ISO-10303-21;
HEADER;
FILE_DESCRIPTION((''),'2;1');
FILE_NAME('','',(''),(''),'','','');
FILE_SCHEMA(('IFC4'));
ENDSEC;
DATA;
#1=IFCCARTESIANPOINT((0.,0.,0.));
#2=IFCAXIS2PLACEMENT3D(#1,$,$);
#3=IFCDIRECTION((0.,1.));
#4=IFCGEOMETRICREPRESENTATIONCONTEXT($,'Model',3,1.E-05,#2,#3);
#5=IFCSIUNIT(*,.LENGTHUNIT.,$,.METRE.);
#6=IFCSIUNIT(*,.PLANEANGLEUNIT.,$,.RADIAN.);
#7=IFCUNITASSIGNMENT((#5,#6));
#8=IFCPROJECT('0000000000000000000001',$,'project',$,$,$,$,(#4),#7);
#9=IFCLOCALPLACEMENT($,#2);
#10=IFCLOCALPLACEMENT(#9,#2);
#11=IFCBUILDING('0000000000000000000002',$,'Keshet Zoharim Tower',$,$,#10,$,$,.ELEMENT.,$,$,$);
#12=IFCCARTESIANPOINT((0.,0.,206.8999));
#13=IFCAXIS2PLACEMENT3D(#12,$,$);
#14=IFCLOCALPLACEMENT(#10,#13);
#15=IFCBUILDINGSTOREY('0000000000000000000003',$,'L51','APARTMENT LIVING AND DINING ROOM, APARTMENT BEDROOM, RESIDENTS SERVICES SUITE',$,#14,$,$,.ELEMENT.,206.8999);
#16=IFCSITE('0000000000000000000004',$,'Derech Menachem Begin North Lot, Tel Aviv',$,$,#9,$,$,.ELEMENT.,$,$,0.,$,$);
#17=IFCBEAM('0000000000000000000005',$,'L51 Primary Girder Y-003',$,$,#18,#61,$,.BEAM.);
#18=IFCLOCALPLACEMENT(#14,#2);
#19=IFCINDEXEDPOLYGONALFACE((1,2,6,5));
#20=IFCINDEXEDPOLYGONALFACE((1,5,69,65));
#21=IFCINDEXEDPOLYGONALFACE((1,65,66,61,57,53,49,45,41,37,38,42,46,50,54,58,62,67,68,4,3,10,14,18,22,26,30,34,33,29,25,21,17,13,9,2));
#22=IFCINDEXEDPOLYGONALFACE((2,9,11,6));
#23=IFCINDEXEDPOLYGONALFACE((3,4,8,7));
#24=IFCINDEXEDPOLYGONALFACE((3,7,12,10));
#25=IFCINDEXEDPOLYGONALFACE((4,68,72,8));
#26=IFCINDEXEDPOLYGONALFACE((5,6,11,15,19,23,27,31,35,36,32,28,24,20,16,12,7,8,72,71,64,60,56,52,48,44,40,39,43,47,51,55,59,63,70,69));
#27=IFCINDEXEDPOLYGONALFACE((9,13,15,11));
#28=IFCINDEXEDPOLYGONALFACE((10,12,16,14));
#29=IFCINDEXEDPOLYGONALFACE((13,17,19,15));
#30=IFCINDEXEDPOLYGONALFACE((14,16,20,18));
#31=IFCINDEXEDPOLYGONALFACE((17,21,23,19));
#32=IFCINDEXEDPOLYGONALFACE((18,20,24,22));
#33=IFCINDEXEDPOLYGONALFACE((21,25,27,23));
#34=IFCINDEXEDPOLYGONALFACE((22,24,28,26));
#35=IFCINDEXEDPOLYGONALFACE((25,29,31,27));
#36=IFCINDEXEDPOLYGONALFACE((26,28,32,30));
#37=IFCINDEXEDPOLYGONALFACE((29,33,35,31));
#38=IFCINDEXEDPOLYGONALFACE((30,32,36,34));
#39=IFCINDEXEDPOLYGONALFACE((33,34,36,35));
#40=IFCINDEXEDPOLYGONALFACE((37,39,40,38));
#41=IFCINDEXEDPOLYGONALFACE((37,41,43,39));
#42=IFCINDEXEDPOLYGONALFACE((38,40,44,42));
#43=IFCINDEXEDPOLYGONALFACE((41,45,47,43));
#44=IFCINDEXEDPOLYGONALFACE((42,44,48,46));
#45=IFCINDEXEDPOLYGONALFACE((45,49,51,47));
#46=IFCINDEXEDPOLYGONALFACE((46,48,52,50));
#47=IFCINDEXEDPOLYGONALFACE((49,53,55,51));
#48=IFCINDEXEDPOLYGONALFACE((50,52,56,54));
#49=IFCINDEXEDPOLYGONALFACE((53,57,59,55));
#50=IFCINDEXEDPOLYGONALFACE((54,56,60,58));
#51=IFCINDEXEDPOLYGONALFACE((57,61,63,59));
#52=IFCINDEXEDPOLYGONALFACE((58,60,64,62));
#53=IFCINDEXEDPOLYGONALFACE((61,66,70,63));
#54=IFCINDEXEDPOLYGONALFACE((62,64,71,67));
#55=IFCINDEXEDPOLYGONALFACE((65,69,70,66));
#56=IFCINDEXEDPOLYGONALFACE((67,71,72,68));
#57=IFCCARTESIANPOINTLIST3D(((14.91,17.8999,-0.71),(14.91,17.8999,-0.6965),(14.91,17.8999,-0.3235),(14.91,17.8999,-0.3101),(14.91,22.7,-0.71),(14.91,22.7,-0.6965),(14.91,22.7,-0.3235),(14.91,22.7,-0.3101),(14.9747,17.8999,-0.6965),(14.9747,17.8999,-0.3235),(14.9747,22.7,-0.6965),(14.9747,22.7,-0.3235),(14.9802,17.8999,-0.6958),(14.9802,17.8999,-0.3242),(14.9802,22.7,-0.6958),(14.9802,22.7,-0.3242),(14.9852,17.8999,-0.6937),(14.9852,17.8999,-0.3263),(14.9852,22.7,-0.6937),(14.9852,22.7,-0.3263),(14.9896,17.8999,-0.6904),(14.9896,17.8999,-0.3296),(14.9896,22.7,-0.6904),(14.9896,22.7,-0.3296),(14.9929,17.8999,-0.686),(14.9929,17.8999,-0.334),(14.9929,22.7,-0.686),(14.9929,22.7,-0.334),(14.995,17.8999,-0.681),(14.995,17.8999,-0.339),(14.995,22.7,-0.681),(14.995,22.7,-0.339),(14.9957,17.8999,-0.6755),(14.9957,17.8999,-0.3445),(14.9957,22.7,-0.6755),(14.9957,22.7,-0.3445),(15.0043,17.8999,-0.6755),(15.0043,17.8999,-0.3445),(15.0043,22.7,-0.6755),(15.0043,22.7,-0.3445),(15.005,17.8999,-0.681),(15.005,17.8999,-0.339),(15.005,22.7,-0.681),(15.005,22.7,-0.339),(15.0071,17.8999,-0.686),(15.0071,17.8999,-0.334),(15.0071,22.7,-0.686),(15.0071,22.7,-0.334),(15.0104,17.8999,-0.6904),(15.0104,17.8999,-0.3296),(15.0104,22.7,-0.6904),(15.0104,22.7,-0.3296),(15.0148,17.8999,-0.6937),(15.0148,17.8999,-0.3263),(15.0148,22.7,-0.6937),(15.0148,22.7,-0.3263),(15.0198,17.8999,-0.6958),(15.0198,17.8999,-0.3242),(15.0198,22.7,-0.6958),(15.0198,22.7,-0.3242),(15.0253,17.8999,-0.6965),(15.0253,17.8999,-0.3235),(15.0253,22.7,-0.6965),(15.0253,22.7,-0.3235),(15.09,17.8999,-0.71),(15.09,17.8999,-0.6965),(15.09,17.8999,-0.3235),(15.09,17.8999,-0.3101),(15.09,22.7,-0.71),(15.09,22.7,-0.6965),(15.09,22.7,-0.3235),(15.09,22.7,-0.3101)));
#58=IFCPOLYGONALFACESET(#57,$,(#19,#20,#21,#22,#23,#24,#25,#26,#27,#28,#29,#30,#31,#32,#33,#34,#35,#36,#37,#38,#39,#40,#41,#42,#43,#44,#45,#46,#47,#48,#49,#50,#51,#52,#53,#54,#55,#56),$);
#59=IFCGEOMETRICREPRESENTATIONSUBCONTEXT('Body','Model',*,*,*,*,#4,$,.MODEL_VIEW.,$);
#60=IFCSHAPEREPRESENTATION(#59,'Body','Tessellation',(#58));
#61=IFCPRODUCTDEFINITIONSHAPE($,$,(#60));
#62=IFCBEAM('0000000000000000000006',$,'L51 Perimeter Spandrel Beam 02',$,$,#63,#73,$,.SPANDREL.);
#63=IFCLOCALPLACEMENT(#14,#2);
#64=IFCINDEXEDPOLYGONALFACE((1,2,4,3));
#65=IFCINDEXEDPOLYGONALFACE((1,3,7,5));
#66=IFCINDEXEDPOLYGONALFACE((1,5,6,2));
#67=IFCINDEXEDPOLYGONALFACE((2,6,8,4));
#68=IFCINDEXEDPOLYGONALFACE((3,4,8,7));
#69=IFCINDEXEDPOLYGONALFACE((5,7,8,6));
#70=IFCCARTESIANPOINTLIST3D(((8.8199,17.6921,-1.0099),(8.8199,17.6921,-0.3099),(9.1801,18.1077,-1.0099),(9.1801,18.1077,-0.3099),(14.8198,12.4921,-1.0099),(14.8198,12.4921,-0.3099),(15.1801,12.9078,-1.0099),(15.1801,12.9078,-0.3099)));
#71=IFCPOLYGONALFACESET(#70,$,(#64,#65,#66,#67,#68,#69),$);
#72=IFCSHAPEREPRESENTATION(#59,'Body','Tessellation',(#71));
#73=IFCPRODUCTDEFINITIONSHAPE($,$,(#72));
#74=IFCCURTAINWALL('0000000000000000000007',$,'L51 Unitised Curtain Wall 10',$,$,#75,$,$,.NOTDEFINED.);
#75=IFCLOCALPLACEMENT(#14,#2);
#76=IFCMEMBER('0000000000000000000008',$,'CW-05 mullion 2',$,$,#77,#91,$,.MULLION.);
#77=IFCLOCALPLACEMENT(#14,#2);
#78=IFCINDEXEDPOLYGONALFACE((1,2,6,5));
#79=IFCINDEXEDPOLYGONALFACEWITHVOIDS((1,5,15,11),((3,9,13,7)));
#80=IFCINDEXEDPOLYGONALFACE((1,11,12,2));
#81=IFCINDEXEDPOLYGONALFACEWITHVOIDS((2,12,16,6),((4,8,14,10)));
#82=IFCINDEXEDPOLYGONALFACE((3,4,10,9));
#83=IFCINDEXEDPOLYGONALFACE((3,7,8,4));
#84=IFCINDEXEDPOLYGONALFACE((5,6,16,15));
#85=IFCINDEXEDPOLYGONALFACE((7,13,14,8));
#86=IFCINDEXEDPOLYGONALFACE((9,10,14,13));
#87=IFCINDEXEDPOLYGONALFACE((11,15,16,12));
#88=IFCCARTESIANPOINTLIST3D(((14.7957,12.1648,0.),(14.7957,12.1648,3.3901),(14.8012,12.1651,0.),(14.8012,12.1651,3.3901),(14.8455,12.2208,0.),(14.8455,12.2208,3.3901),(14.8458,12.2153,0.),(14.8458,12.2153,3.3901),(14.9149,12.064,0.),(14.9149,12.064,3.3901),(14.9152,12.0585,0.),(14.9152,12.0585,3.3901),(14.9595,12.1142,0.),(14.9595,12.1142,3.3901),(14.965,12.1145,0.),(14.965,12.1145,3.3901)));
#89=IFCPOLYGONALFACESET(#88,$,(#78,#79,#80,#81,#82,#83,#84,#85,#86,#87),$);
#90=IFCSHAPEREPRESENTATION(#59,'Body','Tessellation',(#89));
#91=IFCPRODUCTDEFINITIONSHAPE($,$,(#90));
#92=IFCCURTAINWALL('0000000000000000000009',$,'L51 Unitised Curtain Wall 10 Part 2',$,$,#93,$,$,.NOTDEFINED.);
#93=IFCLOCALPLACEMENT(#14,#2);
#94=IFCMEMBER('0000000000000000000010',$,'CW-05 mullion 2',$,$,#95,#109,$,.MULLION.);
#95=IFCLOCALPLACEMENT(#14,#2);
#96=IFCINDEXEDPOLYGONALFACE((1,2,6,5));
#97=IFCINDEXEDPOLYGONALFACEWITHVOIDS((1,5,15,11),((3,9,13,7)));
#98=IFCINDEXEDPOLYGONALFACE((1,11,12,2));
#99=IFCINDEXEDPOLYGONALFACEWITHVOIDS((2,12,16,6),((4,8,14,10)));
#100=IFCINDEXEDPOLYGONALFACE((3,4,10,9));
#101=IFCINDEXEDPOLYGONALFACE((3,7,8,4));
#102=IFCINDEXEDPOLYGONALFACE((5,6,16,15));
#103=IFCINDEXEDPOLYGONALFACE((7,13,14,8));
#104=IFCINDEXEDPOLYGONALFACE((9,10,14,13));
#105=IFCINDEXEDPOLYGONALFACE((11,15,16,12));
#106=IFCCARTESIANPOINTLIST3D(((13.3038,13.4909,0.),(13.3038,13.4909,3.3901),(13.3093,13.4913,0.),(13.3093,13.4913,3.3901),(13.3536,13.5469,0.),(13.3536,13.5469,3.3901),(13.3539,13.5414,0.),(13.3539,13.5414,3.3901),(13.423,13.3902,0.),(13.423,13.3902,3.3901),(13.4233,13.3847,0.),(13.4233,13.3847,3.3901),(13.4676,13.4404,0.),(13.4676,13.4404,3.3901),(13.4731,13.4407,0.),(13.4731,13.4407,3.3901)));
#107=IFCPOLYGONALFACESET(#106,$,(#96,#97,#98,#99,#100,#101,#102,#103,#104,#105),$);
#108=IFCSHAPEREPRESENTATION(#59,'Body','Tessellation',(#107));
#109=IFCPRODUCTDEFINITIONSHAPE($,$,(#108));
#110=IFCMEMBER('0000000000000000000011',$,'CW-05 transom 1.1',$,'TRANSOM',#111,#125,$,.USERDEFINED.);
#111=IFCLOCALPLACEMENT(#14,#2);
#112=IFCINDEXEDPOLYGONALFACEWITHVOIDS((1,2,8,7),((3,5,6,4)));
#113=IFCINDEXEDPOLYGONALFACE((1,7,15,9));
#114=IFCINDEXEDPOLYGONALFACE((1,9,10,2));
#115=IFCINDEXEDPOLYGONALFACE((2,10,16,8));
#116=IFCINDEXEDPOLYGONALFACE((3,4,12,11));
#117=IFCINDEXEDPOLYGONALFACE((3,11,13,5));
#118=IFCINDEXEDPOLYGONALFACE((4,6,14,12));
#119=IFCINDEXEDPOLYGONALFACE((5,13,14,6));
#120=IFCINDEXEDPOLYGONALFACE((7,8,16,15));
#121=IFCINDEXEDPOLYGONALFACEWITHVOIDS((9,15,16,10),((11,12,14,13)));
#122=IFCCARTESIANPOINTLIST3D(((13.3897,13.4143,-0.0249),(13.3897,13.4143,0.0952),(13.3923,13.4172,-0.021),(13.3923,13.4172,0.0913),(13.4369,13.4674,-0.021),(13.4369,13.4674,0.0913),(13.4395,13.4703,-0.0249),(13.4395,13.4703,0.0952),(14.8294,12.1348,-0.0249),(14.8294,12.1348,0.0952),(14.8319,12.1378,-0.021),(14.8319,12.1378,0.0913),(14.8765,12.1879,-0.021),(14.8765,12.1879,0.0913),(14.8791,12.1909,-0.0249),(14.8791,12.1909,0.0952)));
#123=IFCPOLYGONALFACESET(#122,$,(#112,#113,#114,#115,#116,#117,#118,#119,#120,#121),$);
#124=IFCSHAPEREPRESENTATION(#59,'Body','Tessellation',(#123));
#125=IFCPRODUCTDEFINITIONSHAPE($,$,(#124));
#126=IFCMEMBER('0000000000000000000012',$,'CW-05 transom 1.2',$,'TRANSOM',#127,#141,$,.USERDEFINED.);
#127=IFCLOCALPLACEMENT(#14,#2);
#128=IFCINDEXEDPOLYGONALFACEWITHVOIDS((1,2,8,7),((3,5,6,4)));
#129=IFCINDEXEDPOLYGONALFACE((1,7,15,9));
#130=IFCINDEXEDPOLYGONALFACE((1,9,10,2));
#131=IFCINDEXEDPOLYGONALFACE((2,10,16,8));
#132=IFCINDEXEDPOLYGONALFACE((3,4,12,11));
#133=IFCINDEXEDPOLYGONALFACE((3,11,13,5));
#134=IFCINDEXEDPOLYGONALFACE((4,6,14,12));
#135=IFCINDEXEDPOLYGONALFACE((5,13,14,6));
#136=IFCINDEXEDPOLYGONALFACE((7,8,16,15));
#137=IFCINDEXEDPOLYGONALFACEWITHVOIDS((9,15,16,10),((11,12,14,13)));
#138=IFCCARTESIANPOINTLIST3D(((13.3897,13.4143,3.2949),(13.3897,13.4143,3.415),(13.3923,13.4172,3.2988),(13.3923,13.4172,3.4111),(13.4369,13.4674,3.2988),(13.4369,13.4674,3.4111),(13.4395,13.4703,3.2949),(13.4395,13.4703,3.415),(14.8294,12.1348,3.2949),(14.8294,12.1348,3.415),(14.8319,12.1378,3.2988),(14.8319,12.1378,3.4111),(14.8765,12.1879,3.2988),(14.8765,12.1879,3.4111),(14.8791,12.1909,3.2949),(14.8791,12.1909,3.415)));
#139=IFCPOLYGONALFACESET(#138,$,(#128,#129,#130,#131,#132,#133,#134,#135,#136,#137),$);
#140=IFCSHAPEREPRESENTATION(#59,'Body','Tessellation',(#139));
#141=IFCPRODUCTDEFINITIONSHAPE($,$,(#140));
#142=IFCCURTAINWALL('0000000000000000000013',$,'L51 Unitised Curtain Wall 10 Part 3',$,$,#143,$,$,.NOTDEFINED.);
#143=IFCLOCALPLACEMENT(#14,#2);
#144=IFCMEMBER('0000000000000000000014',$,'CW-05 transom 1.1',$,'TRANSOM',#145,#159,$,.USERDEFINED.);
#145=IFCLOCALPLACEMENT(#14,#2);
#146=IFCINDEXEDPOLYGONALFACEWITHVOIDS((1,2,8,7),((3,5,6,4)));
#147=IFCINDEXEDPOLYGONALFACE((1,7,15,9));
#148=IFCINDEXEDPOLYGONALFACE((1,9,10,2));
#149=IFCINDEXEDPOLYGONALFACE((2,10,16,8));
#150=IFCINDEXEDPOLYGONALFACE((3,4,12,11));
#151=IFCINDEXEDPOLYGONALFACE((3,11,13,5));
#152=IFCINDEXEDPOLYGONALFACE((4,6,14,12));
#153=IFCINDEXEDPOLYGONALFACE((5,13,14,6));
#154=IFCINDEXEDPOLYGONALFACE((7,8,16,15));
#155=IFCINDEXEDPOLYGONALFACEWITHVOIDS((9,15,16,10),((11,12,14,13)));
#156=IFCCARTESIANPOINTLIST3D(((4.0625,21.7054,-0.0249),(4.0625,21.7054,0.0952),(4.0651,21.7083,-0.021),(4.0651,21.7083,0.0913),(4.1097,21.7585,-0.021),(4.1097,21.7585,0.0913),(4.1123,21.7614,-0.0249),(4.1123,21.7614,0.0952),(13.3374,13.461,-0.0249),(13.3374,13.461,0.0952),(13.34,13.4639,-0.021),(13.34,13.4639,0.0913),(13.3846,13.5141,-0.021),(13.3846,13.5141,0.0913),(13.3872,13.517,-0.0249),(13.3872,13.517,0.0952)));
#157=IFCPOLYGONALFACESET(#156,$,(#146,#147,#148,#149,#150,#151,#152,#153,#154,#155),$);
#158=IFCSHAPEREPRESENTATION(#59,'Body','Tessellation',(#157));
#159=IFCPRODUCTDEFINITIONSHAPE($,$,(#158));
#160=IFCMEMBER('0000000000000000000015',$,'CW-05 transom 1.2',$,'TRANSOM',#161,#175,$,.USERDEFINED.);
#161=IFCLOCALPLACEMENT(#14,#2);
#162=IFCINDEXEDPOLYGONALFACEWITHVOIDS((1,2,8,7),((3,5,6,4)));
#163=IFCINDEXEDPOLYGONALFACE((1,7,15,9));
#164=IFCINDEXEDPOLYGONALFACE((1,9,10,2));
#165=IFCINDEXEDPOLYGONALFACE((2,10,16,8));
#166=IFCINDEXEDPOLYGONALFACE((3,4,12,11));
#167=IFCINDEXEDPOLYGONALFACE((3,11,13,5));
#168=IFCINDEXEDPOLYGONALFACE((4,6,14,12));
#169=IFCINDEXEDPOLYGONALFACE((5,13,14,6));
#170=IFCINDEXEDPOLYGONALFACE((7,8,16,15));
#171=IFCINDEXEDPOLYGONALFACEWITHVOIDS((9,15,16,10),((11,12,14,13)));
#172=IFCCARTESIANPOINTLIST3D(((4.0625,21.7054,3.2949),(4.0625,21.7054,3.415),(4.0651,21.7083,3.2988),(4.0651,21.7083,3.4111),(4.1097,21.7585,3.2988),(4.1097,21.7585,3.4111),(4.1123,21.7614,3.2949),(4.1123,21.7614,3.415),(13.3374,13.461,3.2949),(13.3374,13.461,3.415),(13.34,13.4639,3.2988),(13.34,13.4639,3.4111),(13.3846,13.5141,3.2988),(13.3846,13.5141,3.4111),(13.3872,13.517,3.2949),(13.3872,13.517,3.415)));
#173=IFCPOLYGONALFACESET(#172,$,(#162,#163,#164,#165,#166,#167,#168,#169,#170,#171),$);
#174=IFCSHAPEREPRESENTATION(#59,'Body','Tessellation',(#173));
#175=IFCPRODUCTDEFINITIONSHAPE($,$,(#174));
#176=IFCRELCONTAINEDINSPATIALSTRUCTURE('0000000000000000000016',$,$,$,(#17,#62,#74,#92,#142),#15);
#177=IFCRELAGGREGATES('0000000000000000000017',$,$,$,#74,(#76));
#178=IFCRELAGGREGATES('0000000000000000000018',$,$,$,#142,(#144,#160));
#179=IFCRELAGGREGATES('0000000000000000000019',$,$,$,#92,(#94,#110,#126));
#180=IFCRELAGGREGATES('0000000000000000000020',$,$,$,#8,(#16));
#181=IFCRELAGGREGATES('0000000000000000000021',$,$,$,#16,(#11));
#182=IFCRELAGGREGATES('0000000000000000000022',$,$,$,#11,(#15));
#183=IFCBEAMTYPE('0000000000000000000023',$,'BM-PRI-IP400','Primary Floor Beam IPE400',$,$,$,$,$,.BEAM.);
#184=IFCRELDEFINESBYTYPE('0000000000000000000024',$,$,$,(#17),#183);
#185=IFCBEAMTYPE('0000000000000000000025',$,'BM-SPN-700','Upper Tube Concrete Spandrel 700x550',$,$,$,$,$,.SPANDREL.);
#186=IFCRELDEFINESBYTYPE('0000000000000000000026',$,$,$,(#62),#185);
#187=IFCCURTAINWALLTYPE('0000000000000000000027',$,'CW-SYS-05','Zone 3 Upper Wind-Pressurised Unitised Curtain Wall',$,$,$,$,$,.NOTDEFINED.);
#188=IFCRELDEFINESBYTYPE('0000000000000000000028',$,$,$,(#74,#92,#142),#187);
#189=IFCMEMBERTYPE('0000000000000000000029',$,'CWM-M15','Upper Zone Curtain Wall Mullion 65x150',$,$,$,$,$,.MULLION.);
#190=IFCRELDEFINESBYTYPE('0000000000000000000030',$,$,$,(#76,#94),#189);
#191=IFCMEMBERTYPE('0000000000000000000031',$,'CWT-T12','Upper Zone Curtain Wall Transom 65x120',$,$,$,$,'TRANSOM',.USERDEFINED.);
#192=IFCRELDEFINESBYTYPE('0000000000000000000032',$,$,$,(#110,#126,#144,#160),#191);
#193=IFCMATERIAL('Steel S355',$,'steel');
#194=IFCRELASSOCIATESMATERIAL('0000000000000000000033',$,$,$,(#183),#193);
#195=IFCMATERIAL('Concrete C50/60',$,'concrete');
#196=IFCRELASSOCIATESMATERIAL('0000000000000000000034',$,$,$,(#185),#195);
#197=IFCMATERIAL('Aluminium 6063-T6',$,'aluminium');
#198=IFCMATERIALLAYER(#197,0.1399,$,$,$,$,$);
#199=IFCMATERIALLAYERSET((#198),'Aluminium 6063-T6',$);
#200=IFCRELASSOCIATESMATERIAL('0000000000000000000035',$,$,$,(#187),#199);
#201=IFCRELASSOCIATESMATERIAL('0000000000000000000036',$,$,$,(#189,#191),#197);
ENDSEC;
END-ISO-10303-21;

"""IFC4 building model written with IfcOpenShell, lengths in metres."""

from ifc_helpers import new_model, si_unit, direction, frame, origin, origin_2d, place, context, subcontext, project, spatial, rectangle, hollow_rectangle, i_section, extrude, material, layer, layer_set, material_profile, profile_set, type_object, element, aggregate, save


model = new_model("IFC4")

# Units and contexts
model_context = context("Model", 3, precision=1e-05, world=origin(), true_north=direction((0.0, 1.0)))
body_context = subcontext(model_context, "Body", "Model", "MODEL_VIEW")
ifc_project = project(units=[si_unit("LENGTHUNIT", "METRE"), si_unit("PLANEANGLEUNIT", "RADIAN")], contexts=[model_context])

# Site, building, storey
site_placement = place(None, origin())
site = spatial("IfcSite", under=ifc_project, at=site_placement, Name="Derech Menachem Begin North Lot, Tel Aviv", CompositionType="ELEMENT", RefElevation=0.0)
building_placement = place(site_placement, origin())
building = spatial("IfcBuilding", under=site, at=building_placement, Name="Keshet Zoharim Tower", CompositionType="ELEMENT")
storey_placement = place(building_placement, frame((0.0, 0.0, 206.8999)))
storey = spatial("IfcBuildingStorey", under=building, at=storey_placement, Name="L51", Description="APARTMENT LIVING AND DINING ROOM, APARTMENT BEDROOM, RESIDENTS SERVICES SUITE", CompositionType="ELEMENT", Elevation=206.8999)

# Shared definitions
ifc_material_1 = material(Name="Steel S355", Category="steel")
ifc_material_2 = material(Name="Concrete C50/60", Category="concrete")

# Beams
ifc_material_profile_1 = material_profile(ifc_material_1, i_section(OverallWidth=0.1799, OverallDepth=0.3999, WebThickness=0.0085, FlangeThickness=0.0134, FilletRadius=0.021, at=origin_2d()), Name="IPE400")
ifc_profile_set_1 = profile_set([ifc_material_profile_1], Name="Steel S355")
beam_type_1 = type_object("IfcBeamType", Name="BM-PRI-IP400", Description="Primary Floor Beam IPE400", PredefinedType="BEAM", material=ifc_profile_set_1)
beam_1_placement = place(storey_placement, frame((15.0, 17.8999, -0.51), z_axis=(0.0, 1.0, 0.0), x_axis=(-1.0, 0.0, 0.0)))
element("IfcBeam", 1, at=beam_1_placement, inside=storey, type_object=beam_type_1, Name="L51 Primary Girder Y-003", PredefinedType="BEAM", context=body_context, shape_type="SweptSolid", body=[
    extrude(i_section(OverallWidth=0.1799, OverallDepth=0.3999, WebThickness=0.0085, FlangeThickness=0.0134, FilletRadius=0.021, at=origin_2d()), origin(), (0.0, 0.0, 1.0), 4.8),
])
ifc_material_profile_2 = material_profile(ifc_material_2, rectangle(XDim=0.55, YDim=0.7, at=origin_2d()), Name="RC700x550")
ifc_profile_set_2 = profile_set([ifc_material_profile_2], Name="Concrete C50/60")
beam_type_2 = type_object("IfcBeamType", Name="BM-SPN-700", Description="Upper Tube Concrete Spandrel 700x550", PredefinedType="SPANDREL", material=ifc_profile_set_2)
beam_2_placement = place(storey_placement, frame((9.0, 17.8999, -0.6599), z_axis=(0.755692, -0.654927, 0.0), x_axis=(0.654927, 0.755692, 0.0)))
element("IfcBeam", 2, at=beam_2_placement, inside=storey, type_object=beam_type_2, Name="L51 Perimeter Spandrel Beam 02", PredefinedType="SPANDREL", context=body_context, shape_type="SweptSolid", body=[
    extrude(rectangle(XDim=0.55, YDim=0.7, at=origin_2d()), origin(), (0.0, 0.0, 1.0), 7.9397),
])

# Curtain wall, member
ifc_material_3 = material(Name="Aluminium 6063-T6", Category="aluminium")
ifc_layer_1 = layer(ifc_material_3, 0.1399)
ifc_layer_set_1 = layer_set([ifc_layer_1], Name="Aluminium 6063-T6")
curtain_wall_type = type_object("IfcCurtainWallType", Name="CW-SYS-05", Description="Zone 3 Upper Wind-Pressurised Unitised Curtain Wall", PredefinedType="NOTDEFINED", material=ifc_layer_set_1)
curtain_wall_1_placement = place(storey_placement, origin())
curtain_wall_1 = element("IfcCurtainWall", 3, at=curtain_wall_1_placement, inside=storey, type_object=curtain_wall_type, Name="L51 Unitised Curtain Wall 10", PredefinedType="NOTDEFINED")
ifc_material_profile_3 = material_profile(ifc_material_3, hollow_rectangle(XDim=0.075, YDim=0.1599, WallThickness=0.0039, at=origin_2d()), Name="MUL-75x160")
ifc_profile_set_3 = profile_set([ifc_material_profile_3], Name="Aluminium 6063-T6")
member_type_1 = type_object("IfcMemberType", Name="CWM-M15", Description="Upper Zone Curtain Wall Mullion 65x150", PredefinedType="MULLION", material=ifc_profile_set_3)
member_1_placement = place(storey_placement, frame((14.8804, 12.1396, 0.0), z_axis=(0.0, 0.0, 1.0), x_axis=(-0.664368, -0.747406, 0.0)))
member_1 = element("IfcMember", 4, at=member_1_placement, type_object=member_type_1, Name="CW-05 mullion 2", PredefinedType="MULLION", context=body_context, shape_type="SweptSolid", body=[
    extrude(hollow_rectangle(XDim=0.075, YDim=0.1599, WallThickness=0.0039, at=origin_2d()), origin(), (0.0, 0.0, 1.0), 3.3901),
])
aggregate(curtain_wall_1, [member_1])

# Curtain walls, members
curtain_wall_2_placement = place(storey_placement, origin())
curtain_wall_2 = element("IfcCurtainWall", 5, at=curtain_wall_2_placement, inside=storey, type_object=curtain_wall_type, Name="L51 Unitised Curtain Wall 10 Part 2", PredefinedType="NOTDEFINED")
member_2_placement = place(storey_placement, frame((13.3884, 13.4658, 0.0), z_axis=(0.0, 0.0, 1.0), x_axis=(-0.66433, -0.74744, 0.0)))
member_2 = element("IfcMember", 6, at=member_2_placement, type_object=member_type_1, Name="CW-05 mullion 2", PredefinedType="MULLION", context=body_context, shape_type="SweptSolid", body=[
    extrude(hollow_rectangle(XDim=0.075, YDim=0.1599, WallThickness=0.0039, at=origin_2d()), origin(), (0.0, 0.0, 1.0), 3.3901),
])
ifc_material_profile_4 = material_profile(ifc_material_3, hollow_rectangle(XDim=0.075, YDim=0.1201, WallThickness=0.0039, at=origin_2d()), Name="TRN-75x120")
ifc_profile_set_4 = profile_set([ifc_material_profile_4], Name="Aluminium 6063-T6")
member_type_2 = type_object("IfcMemberType", Name="CWT-T12", Description="Upper Zone Curtain Wall Transom 65x120", ElementType="TRANSOM", PredefinedType="USERDEFINED", material=ifc_profile_set_4)
member_3_placement = place(storey_placement, frame((14.8542, 12.1628, 0.0352), z_axis=(-0.747458, 0.664309, 0.0), x_axis=(-0.664309, -0.747458, 0.0)))
member_3 = element("IfcMember", 7, at=member_3_placement, type_object=member_type_2, Name="CW-05 transom 1.1", ObjectType="TRANSOM", PredefinedType="USERDEFINED", context=body_context, shape_type="SweptSolid", body=[
    extrude(hollow_rectangle(XDim=0.075, YDim=0.1201, WallThickness=0.0039, at=origin_2d()), origin(), (0.0, 0.0, 1.0), 1.926),
])
member_4_placement = place(storey_placement, frame((14.8542, 12.1628, 3.355), z_axis=(-0.747458, 0.664309, 0.0), x_axis=(-0.664309, -0.747458, 0.0)))
member_4 = element("IfcMember", 8, at=member_4_placement, type_object=member_type_2, Name="CW-05 transom 1.2", ObjectType="TRANSOM", PredefinedType="USERDEFINED", context=body_context, shape_type="SweptSolid", body=[
    extrude(hollow_rectangle(XDim=0.075, YDim=0.1201, WallThickness=0.0039, at=origin_2d()), origin(), (0.0, 0.0, 1.0), 1.926),
])
curtain_wall_3_placement = place(storey_placement, origin())
curtain_wall_3 = element("IfcCurtainWall", 9, at=curtain_wall_3_placement, inside=storey, type_object=curtain_wall_type, Name="L51 Unitised Curtain Wall 10 Part 3", PredefinedType="NOTDEFINED")
member_5_placement = place(storey_placement, frame((13.3623, 13.489, 0.0352), z_axis=(-0.747408, 0.664365, 0.0), x_axis=(-0.664365, -0.747408, 0.0)))
member_5 = element("IfcMember", 10, at=member_5_placement, type_object=member_type_2, Name="CW-05 transom 1.1", ObjectType="TRANSOM", PredefinedType="USERDEFINED", context=body_context, shape_type="SweptSolid", body=[
    extrude(hollow_rectangle(XDim=0.075, YDim=0.1201, WallThickness=0.0039, at=origin_2d()), origin(), (0.0, 0.0, 1.0), 12.4094),
])
member_6_placement = place(storey_placement, frame((13.3623, 13.489, 3.355), z_axis=(-0.747408, 0.664365, 0.0), x_axis=(-0.664365, -0.747408, 0.0)))
member_6 = element("IfcMember", 11, at=member_6_placement, type_object=member_type_2, Name="CW-05 transom 1.2", ObjectType="TRANSOM", PredefinedType="USERDEFINED", context=body_context, shape_type="SweptSolid", body=[
    extrude(hollow_rectangle(XDim=0.075, YDim=0.1201, WallThickness=0.0039, at=origin_2d()), origin(), (0.0, 0.0, 1.0), 12.4094),
])

aggregate(curtain_wall_3, [member_5, member_6])
aggregate(curtain_wall_2, [member_2, member_3, member_4])

save(model, "model.ifc")
